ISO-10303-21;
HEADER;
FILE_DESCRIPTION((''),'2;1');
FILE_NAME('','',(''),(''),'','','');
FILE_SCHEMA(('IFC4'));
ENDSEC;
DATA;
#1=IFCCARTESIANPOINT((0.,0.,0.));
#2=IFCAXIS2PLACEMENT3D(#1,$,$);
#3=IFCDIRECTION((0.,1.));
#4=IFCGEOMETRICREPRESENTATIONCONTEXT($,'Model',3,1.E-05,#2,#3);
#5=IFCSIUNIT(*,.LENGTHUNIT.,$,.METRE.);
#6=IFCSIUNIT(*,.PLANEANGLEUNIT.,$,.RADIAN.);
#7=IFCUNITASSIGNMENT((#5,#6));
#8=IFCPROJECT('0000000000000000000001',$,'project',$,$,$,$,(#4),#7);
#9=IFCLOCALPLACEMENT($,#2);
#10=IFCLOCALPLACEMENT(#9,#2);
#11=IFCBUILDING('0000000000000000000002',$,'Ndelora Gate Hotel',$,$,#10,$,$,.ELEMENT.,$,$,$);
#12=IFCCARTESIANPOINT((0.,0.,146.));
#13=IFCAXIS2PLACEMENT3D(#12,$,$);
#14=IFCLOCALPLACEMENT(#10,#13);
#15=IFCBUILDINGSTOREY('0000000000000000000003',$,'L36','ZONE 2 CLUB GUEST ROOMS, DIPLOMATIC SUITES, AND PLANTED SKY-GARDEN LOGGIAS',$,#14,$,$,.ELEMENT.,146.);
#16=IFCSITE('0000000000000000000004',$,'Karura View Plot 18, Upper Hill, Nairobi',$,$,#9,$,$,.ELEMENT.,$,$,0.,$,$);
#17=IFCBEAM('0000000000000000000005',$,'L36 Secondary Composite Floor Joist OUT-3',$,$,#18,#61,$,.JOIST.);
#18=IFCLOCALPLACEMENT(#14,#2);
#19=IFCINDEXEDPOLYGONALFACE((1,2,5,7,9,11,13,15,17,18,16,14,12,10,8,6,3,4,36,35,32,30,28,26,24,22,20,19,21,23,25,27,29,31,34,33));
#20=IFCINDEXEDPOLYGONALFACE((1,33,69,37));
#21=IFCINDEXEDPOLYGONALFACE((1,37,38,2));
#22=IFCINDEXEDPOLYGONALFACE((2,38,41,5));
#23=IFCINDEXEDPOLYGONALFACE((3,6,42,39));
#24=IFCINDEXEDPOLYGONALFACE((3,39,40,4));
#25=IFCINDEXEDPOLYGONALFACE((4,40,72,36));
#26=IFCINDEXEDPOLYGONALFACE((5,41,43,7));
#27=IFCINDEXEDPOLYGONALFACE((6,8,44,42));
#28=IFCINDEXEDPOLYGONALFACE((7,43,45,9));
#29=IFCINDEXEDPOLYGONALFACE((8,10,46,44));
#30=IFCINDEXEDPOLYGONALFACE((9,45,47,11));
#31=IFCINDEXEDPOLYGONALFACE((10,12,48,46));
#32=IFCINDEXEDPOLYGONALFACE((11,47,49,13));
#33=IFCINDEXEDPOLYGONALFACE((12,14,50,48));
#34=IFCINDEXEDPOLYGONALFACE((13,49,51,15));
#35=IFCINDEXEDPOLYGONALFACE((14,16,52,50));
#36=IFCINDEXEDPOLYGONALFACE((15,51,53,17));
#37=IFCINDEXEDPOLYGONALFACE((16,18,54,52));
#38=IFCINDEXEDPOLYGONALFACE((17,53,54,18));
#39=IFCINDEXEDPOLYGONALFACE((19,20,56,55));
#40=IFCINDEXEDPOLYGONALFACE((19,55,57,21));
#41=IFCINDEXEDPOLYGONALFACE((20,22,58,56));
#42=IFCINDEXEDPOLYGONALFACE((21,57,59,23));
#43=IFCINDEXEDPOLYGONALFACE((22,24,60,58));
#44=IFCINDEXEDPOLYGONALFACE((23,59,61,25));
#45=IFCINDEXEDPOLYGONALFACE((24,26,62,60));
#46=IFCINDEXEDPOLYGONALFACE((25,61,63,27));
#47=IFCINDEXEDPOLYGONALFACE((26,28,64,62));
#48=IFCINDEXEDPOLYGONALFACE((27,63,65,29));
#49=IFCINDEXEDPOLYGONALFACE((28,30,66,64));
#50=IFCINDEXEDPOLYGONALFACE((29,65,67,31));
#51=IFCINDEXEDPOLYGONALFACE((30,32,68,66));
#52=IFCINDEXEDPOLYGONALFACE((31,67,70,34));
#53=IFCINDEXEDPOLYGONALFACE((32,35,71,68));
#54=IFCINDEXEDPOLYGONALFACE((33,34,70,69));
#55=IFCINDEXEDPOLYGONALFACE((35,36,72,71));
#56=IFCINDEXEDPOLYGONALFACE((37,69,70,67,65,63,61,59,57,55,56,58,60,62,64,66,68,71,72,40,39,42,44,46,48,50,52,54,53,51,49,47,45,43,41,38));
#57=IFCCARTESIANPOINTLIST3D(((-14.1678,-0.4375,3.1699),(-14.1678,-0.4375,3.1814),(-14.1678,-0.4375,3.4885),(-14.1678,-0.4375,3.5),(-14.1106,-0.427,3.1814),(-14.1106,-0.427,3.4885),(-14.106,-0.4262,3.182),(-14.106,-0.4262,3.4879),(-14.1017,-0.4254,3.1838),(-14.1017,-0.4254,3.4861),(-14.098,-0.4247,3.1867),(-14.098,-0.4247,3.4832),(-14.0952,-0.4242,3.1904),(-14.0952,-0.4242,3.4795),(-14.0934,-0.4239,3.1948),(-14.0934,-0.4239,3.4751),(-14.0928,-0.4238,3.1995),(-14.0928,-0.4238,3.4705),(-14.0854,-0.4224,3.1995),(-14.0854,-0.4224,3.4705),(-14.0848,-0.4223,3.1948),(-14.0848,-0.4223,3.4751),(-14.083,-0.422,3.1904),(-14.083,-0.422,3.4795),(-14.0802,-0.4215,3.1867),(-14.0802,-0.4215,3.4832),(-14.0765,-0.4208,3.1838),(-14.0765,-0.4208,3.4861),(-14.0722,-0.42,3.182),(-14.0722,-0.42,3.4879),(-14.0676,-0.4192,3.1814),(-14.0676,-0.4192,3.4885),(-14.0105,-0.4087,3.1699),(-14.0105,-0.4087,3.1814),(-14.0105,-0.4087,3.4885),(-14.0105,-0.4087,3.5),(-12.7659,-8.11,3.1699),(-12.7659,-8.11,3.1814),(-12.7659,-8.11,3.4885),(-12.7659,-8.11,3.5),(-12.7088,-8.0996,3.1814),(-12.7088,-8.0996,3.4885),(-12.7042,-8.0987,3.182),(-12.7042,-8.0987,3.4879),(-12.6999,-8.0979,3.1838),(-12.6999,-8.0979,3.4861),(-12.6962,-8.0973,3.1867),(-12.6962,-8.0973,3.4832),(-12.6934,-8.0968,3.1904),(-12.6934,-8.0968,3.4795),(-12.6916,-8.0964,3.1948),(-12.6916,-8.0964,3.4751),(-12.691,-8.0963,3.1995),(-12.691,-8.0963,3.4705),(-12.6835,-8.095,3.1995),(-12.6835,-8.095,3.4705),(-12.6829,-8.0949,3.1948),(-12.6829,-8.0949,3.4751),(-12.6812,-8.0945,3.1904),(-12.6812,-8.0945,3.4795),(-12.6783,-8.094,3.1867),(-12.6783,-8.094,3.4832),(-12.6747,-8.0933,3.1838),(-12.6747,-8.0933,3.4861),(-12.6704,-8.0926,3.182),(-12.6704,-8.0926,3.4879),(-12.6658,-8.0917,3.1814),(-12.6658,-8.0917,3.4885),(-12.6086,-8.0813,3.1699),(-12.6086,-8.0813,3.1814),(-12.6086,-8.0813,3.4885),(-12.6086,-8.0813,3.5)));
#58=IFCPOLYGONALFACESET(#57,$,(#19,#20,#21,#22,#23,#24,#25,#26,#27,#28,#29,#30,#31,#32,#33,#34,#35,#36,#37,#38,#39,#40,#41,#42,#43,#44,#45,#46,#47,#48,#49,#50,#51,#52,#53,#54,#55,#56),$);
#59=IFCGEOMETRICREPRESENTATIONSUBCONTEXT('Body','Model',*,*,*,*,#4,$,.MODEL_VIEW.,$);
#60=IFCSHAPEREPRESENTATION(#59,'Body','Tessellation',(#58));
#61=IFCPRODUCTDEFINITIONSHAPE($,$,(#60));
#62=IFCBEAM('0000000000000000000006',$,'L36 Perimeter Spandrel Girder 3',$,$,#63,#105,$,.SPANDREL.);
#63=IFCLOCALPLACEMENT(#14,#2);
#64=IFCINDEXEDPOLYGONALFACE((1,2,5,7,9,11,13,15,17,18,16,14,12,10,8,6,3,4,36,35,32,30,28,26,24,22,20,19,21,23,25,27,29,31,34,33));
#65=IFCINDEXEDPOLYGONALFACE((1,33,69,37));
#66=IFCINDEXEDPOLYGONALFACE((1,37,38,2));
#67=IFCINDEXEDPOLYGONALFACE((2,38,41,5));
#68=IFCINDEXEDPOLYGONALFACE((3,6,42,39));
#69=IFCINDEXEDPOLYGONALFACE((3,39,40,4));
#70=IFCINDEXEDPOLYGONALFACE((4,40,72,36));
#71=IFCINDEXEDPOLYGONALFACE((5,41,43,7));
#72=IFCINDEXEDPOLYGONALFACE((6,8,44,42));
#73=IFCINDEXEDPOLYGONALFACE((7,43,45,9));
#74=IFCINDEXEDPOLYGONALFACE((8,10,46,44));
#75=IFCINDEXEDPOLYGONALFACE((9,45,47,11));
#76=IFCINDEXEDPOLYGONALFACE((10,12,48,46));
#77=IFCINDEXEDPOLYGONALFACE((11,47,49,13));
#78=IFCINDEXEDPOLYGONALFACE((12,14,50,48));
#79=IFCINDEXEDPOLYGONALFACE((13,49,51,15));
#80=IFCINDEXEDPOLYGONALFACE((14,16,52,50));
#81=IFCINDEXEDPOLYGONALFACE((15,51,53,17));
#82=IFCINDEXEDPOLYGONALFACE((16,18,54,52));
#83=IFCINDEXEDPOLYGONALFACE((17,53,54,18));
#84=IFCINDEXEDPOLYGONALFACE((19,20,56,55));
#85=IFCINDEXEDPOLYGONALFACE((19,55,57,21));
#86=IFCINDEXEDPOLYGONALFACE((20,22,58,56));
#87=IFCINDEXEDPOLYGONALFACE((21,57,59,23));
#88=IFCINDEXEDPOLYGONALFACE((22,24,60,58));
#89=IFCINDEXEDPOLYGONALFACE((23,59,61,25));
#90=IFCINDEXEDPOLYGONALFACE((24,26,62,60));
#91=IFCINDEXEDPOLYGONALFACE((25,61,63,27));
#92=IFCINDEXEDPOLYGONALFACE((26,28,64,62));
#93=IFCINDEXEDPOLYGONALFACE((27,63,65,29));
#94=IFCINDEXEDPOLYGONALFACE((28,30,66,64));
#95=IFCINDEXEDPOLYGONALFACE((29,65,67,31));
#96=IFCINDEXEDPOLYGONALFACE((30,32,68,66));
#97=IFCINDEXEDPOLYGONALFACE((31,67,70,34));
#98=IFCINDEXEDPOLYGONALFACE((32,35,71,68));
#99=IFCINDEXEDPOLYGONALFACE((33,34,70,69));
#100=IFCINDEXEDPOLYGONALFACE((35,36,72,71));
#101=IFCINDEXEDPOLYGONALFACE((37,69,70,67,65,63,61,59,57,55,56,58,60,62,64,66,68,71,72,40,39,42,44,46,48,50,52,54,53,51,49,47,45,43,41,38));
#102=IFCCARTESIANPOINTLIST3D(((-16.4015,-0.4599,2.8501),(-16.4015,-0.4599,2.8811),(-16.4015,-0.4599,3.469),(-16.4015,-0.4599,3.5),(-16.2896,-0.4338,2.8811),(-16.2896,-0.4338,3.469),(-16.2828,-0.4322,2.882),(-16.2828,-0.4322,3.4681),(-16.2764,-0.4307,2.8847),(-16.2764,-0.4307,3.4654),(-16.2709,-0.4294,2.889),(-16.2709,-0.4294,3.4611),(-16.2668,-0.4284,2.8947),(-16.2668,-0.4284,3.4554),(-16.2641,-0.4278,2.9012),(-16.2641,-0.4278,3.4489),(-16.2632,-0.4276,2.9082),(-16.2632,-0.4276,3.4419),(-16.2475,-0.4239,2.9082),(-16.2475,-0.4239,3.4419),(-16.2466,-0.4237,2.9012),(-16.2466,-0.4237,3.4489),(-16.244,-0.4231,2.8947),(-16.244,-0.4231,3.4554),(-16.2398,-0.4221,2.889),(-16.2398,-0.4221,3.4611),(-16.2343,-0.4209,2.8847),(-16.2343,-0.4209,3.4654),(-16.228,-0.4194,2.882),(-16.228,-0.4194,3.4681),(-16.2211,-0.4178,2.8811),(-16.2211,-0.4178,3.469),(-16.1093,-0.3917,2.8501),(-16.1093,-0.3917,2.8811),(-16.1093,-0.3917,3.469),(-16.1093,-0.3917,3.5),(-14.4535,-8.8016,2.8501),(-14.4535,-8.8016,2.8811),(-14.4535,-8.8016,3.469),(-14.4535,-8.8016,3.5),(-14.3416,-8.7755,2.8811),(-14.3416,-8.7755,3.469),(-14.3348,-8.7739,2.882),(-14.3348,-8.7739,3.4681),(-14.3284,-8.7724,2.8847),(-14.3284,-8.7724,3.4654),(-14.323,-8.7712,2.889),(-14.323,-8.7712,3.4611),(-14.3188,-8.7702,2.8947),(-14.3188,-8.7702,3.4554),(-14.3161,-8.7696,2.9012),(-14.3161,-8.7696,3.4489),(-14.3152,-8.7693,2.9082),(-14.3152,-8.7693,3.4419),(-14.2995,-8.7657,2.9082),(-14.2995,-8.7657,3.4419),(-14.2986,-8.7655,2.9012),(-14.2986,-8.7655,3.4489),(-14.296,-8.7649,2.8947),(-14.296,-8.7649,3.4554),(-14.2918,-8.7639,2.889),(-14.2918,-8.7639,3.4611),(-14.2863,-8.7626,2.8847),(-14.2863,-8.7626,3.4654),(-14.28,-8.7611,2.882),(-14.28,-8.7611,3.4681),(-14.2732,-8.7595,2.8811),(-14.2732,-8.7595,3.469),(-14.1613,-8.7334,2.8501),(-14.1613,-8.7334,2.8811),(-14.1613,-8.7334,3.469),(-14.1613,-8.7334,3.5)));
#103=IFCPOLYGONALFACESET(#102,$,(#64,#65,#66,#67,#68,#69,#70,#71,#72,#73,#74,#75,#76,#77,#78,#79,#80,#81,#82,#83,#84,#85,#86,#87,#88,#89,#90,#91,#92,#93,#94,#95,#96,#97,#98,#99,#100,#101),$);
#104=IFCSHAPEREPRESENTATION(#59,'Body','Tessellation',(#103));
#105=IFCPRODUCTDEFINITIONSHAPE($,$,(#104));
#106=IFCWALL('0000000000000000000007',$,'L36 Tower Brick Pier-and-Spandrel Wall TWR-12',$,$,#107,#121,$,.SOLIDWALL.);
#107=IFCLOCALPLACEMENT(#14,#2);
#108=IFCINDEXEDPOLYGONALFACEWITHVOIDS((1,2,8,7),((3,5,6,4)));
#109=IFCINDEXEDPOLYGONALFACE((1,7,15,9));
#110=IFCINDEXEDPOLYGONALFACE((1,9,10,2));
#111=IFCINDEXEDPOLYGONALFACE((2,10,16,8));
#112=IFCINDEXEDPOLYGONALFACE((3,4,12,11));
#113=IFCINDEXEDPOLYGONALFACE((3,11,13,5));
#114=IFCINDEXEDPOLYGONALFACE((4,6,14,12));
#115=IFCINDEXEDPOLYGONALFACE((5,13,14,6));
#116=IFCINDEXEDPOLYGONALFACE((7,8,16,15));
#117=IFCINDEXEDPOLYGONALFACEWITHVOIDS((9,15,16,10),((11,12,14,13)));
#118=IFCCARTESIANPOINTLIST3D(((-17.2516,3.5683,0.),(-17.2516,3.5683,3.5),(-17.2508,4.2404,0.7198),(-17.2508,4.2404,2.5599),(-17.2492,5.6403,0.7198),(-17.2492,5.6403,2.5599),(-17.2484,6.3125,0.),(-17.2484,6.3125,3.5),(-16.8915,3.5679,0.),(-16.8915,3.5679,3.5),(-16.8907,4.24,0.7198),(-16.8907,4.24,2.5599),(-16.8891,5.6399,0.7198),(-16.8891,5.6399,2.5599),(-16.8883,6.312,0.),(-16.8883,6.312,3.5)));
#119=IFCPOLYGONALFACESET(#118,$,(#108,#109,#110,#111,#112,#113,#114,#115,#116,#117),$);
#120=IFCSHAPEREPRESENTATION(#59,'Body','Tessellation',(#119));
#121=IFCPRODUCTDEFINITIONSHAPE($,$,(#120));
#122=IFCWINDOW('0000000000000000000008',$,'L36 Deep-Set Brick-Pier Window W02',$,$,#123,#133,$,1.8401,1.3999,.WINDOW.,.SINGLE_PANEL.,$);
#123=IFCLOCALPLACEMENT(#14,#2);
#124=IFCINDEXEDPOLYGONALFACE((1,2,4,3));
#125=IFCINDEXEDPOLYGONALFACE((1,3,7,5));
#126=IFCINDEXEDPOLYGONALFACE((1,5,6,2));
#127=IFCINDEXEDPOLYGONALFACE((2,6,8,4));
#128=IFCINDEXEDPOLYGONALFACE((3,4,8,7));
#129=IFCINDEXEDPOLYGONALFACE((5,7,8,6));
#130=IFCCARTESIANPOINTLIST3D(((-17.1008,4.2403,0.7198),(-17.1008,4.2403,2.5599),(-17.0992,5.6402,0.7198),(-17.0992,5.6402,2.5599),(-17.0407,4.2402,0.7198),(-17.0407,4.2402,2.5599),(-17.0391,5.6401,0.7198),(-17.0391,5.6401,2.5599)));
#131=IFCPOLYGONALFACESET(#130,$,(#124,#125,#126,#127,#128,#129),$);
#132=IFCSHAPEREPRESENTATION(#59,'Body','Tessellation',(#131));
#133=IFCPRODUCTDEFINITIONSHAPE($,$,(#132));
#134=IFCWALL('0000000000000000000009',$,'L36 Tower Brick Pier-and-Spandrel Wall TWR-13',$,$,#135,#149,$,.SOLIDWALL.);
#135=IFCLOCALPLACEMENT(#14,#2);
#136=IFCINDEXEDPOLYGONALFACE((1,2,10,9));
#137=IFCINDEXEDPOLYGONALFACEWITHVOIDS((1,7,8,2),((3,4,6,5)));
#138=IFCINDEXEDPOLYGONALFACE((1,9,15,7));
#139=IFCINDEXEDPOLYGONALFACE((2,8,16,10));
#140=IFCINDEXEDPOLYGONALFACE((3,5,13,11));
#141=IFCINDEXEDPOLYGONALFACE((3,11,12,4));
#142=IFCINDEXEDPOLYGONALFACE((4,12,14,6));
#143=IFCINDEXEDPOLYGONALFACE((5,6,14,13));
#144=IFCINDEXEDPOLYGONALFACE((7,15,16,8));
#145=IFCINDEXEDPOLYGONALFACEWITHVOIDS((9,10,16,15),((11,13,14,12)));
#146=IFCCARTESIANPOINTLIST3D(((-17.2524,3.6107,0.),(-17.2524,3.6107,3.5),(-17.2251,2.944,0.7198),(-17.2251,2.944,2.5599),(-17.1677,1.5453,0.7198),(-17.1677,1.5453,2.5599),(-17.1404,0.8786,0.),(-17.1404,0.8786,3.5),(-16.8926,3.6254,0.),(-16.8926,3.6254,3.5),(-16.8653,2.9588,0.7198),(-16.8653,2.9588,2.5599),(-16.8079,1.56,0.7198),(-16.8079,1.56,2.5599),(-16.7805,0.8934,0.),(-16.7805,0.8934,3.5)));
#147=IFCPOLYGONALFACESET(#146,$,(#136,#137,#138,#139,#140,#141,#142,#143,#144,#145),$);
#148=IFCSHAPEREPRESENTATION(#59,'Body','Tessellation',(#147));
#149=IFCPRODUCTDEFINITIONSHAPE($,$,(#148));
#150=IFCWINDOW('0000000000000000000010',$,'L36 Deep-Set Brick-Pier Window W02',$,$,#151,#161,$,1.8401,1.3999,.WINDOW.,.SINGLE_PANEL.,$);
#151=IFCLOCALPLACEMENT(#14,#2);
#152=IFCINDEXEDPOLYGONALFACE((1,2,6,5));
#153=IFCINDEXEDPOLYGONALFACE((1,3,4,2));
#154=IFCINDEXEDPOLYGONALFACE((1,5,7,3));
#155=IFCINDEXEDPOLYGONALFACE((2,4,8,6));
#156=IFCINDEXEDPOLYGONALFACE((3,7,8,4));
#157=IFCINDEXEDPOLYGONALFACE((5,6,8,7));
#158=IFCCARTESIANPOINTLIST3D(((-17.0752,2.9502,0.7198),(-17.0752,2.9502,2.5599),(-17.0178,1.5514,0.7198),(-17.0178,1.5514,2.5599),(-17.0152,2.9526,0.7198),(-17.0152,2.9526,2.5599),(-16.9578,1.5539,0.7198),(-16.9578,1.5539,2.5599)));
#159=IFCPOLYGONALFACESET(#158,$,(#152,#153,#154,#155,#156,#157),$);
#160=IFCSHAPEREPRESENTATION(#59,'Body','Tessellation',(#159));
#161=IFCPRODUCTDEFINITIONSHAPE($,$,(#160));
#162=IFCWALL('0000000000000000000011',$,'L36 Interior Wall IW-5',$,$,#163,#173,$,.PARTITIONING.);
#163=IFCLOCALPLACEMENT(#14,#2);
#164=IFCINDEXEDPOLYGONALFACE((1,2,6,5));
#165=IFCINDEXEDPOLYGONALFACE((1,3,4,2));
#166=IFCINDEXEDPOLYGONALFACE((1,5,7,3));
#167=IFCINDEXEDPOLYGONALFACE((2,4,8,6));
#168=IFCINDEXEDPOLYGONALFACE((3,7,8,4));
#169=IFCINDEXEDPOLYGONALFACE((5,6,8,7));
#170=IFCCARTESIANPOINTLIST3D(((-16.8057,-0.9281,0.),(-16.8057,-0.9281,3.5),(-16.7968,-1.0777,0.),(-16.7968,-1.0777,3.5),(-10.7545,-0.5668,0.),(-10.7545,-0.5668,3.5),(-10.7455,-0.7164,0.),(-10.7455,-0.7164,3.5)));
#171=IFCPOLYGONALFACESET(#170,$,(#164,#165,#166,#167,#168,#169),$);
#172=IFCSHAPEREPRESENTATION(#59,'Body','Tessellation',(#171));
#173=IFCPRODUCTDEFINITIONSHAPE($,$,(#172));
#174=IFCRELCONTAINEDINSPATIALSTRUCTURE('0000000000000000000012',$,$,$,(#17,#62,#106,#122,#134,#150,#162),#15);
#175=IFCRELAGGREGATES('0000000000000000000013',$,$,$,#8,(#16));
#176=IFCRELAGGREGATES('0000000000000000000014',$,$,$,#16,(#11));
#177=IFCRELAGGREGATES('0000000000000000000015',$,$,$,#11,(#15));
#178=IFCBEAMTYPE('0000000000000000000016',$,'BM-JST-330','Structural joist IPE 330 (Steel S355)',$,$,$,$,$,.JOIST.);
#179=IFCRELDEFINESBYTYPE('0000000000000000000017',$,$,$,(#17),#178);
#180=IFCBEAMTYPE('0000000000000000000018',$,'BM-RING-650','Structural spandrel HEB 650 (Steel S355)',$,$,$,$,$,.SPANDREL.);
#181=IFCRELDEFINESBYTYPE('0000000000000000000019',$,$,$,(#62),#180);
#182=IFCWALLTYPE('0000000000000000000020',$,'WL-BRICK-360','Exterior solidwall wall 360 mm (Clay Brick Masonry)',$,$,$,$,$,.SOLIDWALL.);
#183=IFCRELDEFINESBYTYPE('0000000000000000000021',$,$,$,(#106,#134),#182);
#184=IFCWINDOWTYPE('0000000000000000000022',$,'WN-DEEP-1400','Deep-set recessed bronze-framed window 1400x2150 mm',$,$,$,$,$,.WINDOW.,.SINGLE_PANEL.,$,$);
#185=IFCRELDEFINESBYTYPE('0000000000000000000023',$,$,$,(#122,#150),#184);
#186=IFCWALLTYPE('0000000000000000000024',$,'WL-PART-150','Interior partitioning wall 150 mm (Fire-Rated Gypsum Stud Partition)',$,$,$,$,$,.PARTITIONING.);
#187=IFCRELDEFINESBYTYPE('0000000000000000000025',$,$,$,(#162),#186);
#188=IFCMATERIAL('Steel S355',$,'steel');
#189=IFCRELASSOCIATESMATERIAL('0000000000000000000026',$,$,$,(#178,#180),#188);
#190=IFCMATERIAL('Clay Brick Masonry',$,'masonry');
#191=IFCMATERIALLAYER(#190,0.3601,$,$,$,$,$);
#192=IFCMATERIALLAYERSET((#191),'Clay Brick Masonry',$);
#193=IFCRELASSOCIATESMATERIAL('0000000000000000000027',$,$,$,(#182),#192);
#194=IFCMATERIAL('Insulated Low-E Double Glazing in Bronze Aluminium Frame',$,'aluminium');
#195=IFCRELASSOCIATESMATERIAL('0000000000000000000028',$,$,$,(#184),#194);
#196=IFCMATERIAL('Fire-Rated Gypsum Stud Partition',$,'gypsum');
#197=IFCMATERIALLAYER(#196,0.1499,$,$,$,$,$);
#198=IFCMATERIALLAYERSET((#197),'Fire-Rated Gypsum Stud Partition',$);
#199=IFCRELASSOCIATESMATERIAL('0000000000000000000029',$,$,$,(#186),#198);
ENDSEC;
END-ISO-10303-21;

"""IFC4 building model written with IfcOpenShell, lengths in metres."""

from ifc_helpers import new_model, si_unit, direction, frame, frame_2d, origin, origin_2d, place, context, subcontext, project, spatial, rectangle, i_section, extrude, material, layer, layer_set, material_profile, profile_set, type_object, element, fill, save


model = new_model("IFC4")

# Units and contexts
model_context = context("Model", 3, precision=1e-05, world=origin(), true_north=direction((0.0, 1.0)))
body_context = subcontext(model_context, "Body", "Model", "MODEL_VIEW")
ifc_project = project(units=[si_unit("LENGTHUNIT", "METRE"), si_unit("PLANEANGLEUNIT", "RADIAN")], contexts=[model_context])

# Site, building, storey
site_placement = place(None, origin())
site = spatial("IfcSite", under=ifc_project, at=site_placement, Name="Karura View Plot 18, Upper Hill, Nairobi", CompositionType="ELEMENT", RefElevation=0.0)
building_placement = place(site_placement, origin())
building = spatial("IfcBuilding", under=site, at=building_placement, Name="Ndelora Gate Hotel", CompositionType="ELEMENT")
storey_placement = place(building_placement, frame((0.0, 0.0, 146.0)))
storey = spatial("IfcBuildingStorey", under=building, at=storey_placement, Name="L36", Description="ZONE 2 CLUB GUEST ROOMS, DIPLOMATIC SUITES, AND PLANTED SKY-GARDEN LOGGIAS", CompositionType="ELEMENT", Elevation=146.0)

# Beams
ifc_material_1 = material(Name="Steel S355", Category="steel")
ifc_material_profile_1 = material_profile(ifc_material_1, i_section(OverallWidth=0.1599, OverallDepth=0.3301, WebThickness=0.0076, FlangeThickness=0.0115, FilletRadius=0.0181, at=origin_2d()), Name="IPE 330")
ifc_profile_set_1 = profile_set([ifc_material_profile_1], Name="Steel S355")
beam_type_1 = type_object("IfcBeamType", Name="BM-JST-330", Description="Structural joist IPE 330 (Steel S355)", PredefinedType="JOIST", material=ifc_profile_set_1)
beam_1_placement = place(storey_placement, frame((-14.0891, -0.4231, 3.335), z_axis=(0.179734, -0.983715, 0.0), x_axis=(0.983715, 0.179734, 0.0)))
element("IfcBeam", 1, at=beam_1_placement, inside=storey, type_object=beam_type_1, Name="L36 Secondary Composite Floor Joist OUT-3", PredefinedType="JOIST", context=body_context, shape_type="SweptSolid", body=[
    extrude(i_section(OverallWidth=0.1599, OverallDepth=0.3301, WebThickness=0.0076, FlangeThickness=0.0115, FilletRadius=0.0181, at=origin_2d()), origin(), (0.0, 0.0, 1.0), 7.7996),
])
ifc_material_profile_2 = material_profile(ifc_material_1, i_section(OverallWidth=0.3, OverallDepth=0.6499, WebThickness=0.0161, FlangeThickness=0.031, FilletRadius=0.0271, at=origin_2d()), Name="HEB 650")
ifc_profile_set_2 = profile_set([ifc_material_profile_2], Name="Steel S355")
beam_type_2 = type_object("IfcBeamType", Name="BM-RING-650", Description="Structural spandrel HEB 650 (Steel S355)", PredefinedType="SPANDREL", material=ifc_profile_set_2)
beam_2_placement = place(storey_placement, frame((-16.2554, -0.4258, 3.175), z_axis=(0.227404, -0.9738, 0.0), x_axis=(0.9738, 0.227404, 0.0)))
element("IfcBeam", 2, at=beam_2_placement, inside=storey, type_object=beam_type_2, Name="L36 Perimeter Spandrel Girder 3", PredefinedType="SPANDREL", context=body_context, shape_type="SweptSolid", body=[
    extrude(i_section(OverallWidth=0.3, OverallDepth=0.6499, WebThickness=0.0161, FlangeThickness=0.031, FilletRadius=0.0271, at=origin_2d()), origin(), (0.0, 0.0, 1.0), 8.5662),
])

# Walls, openings, windows
ifc_material_2 = material(Name="Clay Brick Masonry", Category="masonry")
ifc_layer_1 = layer(ifc_material_2, 0.3601)
ifc_layer_set_1 = layer_set([ifc_layer_1], Name="Clay Brick Masonry")
wall_type_1 = type_object("IfcWallType", Name="WL-BRICK-360", Description="Exterior solidwall wall 360 mm (Clay Brick Masonry)", PredefinedType="SOLIDWALL", material=ifc_layer_set_1)
wall_1_placement = place(storey_placement, frame((-17.0715, 3.5681, 0.0), z_axis=(0.0, 0.0, 1.0), x_axis=(0.001157, 0.999999, 0.0)))
wall_1 = element("IfcWall", 3, at=wall_1_placement, inside=storey, type_object=wall_type_1, Name="L36 Tower Brick Pier-and-Spandrel Wall TWR-12", PredefinedType="SOLIDWALL", context=body_context, shape_type="SweptSolid", body=[
    extrude(rectangle(XDim=2.7441, YDim=0.3601, at=frame_2d((1.3721, 0.0))), origin(), (0.0, 0.0, 1.0), 3.5),
])
opening_1_placement = place(wall_1_placement, frame((0.6721, 0.0, 0.72)))
opening_1 = element("IfcOpeningElement", 4, at=opening_1_placement, cuts=wall_1, PredefinedType="OPENING", context=body_context, shape_type="SweptSolid", body=[
    extrude(rectangle(XDim=1.3999, YDim=1.8401, at=frame_2d((0.7, 0.9199))), frame((0.0, 0.1899, 0.0), z_axis=(0.0, -1.0, 0.0), x_axis=(1.0, 0.0, 0.0)), (0.0, 0.0, 1.0), 0.3801),
])
ifc_material_3 = material(Name="Insulated Low-E Double Glazing in Bronze Aluminium Frame", Category="aluminium")
window_type = type_object("IfcWindowType", Name="WN-DEEP-1400", Description="Deep-set recessed bronze-framed window 1400x2150 mm", PartitioningType="SINGLE_PANEL", PredefinedType="WINDOW", material=ifc_material_3)
window_1_placement = place(opening_1_placement, origin())
window_1 = element("IfcWindow", 5, at=window_1_placement, inside=storey, type_object=window_type, Name="L36 Deep-Set Brick-Pier Window W02", OverallHeight=1.8401, OverallWidth=1.3999, PartitioningType="SINGLE_PANEL", PredefinedType="WINDOW", context=body_context, shape_type="SweptSolid", body=[
    extrude(rectangle(XDim=1.3999, YDim=1.8401, at=frame_2d((0.7, 0.9199))), frame((0.0, 0.03, 0.0), z_axis=(0.0, -1.0, 0.0), x_axis=(1.0, 0.0, 0.0)), (0.0, 0.0, 1.0), 0.0601),
])
fill(opening_1, window_1)
wall_2_placement = place(storey_placement, frame((-16.9604, 0.886, 0.0), z_axis=(0.0, 0.0, 1.0), x_axis=(-0.040981, 0.99916, 0.0)))
wall_2 = element("IfcWall", 6, at=wall_2_placement, inside=storey, type_object=wall_type_1, Name="L36 Tower Brick Pier-and-Spandrel Wall TWR-13", PredefinedType="SOLIDWALL", context=body_context, shape_type="SweptSolid", body=[
    extrude(rectangle(XDim=2.7344, YDim=0.3601, at=frame_2d((1.3672, 0.0))), origin(), (0.0, 0.0, 1.0), 3.5),
])
opening_2_placement = place(wall_2_placement, frame((0.6672, 0.0, 0.72)))
opening_2 = element("IfcOpeningElement", 7, at=opening_2_placement, cuts=wall_2, PredefinedType="OPENING", context=body_context, shape_type="SweptSolid", body=[
    extrude(rectangle(XDim=1.3999, YDim=1.8401, at=frame_2d((0.7, 0.9199))), frame((0.0, 0.1899, 0.0), z_axis=(0.0, -1.0, 0.0), x_axis=(1.0, 0.0, 0.0)), (0.0, 0.0, 1.0), 0.3801),
])
window_2_placement = place(opening_2_placement, origin())
window_2 = element("IfcWindow", 8, at=window_2_placement, inside=storey, type_object=window_type, Name="L36 Deep-Set Brick-Pier Window W02", OverallHeight=1.8401, OverallWidth=1.3999, PartitioningType="SINGLE_PANEL", PredefinedType="WINDOW", context=body_context, shape_type="SweptSolid", body=[
    extrude(rectangle(XDim=1.3999, YDim=1.8401, at=frame_2d((0.7, 0.9199))), frame((0.0, 0.03, 0.0), z_axis=(0.0, -1.0, 0.0), x_axis=(1.0, 0.0, 0.0)), (0.0, 0.0, 1.0), 0.0601),
])
fill(opening_2, window_2)

# Wall
ifc_material_4 = material(Name="Fire-Rated Gypsum Stud Partition", Category="gypsum")
ifc_layer_2 = layer(ifc_material_4, 0.1499)
ifc_layer_set_2 = layer_set([ifc_layer_2], Name="Fire-Rated Gypsum Stud Partition")
wall_type_2 = type_object("IfcWallType", Name="WL-PART-150", Description="Interior partitioning wall 150 mm (Fire-Rated Gypsum Stud Partition)", PredefinedType="PARTITIONING", material=ifc_layer_set_2)
wall_3_placement = place(storey_placement, frame((-10.75, -0.6416, 0.0), z_axis=(0.0, 0.0, 1.0), x_axis=(-0.998222, -0.059605, 0.0)))
element("IfcWall", 9, at=wall_3_placement, inside=storey, type_object=wall_type_2, Name="L36 Interior Wall IW-5", PredefinedType="PARTITIONING", context=body_context, shape_type="SweptSolid", body=[
    extrude(rectangle(XDim=6.062, YDim=0.1499, at=frame_2d((3.031, 0.0))), origin(), (0.0, 0.0, 1.0), 3.5),
])

save(model, "model.ifc")
